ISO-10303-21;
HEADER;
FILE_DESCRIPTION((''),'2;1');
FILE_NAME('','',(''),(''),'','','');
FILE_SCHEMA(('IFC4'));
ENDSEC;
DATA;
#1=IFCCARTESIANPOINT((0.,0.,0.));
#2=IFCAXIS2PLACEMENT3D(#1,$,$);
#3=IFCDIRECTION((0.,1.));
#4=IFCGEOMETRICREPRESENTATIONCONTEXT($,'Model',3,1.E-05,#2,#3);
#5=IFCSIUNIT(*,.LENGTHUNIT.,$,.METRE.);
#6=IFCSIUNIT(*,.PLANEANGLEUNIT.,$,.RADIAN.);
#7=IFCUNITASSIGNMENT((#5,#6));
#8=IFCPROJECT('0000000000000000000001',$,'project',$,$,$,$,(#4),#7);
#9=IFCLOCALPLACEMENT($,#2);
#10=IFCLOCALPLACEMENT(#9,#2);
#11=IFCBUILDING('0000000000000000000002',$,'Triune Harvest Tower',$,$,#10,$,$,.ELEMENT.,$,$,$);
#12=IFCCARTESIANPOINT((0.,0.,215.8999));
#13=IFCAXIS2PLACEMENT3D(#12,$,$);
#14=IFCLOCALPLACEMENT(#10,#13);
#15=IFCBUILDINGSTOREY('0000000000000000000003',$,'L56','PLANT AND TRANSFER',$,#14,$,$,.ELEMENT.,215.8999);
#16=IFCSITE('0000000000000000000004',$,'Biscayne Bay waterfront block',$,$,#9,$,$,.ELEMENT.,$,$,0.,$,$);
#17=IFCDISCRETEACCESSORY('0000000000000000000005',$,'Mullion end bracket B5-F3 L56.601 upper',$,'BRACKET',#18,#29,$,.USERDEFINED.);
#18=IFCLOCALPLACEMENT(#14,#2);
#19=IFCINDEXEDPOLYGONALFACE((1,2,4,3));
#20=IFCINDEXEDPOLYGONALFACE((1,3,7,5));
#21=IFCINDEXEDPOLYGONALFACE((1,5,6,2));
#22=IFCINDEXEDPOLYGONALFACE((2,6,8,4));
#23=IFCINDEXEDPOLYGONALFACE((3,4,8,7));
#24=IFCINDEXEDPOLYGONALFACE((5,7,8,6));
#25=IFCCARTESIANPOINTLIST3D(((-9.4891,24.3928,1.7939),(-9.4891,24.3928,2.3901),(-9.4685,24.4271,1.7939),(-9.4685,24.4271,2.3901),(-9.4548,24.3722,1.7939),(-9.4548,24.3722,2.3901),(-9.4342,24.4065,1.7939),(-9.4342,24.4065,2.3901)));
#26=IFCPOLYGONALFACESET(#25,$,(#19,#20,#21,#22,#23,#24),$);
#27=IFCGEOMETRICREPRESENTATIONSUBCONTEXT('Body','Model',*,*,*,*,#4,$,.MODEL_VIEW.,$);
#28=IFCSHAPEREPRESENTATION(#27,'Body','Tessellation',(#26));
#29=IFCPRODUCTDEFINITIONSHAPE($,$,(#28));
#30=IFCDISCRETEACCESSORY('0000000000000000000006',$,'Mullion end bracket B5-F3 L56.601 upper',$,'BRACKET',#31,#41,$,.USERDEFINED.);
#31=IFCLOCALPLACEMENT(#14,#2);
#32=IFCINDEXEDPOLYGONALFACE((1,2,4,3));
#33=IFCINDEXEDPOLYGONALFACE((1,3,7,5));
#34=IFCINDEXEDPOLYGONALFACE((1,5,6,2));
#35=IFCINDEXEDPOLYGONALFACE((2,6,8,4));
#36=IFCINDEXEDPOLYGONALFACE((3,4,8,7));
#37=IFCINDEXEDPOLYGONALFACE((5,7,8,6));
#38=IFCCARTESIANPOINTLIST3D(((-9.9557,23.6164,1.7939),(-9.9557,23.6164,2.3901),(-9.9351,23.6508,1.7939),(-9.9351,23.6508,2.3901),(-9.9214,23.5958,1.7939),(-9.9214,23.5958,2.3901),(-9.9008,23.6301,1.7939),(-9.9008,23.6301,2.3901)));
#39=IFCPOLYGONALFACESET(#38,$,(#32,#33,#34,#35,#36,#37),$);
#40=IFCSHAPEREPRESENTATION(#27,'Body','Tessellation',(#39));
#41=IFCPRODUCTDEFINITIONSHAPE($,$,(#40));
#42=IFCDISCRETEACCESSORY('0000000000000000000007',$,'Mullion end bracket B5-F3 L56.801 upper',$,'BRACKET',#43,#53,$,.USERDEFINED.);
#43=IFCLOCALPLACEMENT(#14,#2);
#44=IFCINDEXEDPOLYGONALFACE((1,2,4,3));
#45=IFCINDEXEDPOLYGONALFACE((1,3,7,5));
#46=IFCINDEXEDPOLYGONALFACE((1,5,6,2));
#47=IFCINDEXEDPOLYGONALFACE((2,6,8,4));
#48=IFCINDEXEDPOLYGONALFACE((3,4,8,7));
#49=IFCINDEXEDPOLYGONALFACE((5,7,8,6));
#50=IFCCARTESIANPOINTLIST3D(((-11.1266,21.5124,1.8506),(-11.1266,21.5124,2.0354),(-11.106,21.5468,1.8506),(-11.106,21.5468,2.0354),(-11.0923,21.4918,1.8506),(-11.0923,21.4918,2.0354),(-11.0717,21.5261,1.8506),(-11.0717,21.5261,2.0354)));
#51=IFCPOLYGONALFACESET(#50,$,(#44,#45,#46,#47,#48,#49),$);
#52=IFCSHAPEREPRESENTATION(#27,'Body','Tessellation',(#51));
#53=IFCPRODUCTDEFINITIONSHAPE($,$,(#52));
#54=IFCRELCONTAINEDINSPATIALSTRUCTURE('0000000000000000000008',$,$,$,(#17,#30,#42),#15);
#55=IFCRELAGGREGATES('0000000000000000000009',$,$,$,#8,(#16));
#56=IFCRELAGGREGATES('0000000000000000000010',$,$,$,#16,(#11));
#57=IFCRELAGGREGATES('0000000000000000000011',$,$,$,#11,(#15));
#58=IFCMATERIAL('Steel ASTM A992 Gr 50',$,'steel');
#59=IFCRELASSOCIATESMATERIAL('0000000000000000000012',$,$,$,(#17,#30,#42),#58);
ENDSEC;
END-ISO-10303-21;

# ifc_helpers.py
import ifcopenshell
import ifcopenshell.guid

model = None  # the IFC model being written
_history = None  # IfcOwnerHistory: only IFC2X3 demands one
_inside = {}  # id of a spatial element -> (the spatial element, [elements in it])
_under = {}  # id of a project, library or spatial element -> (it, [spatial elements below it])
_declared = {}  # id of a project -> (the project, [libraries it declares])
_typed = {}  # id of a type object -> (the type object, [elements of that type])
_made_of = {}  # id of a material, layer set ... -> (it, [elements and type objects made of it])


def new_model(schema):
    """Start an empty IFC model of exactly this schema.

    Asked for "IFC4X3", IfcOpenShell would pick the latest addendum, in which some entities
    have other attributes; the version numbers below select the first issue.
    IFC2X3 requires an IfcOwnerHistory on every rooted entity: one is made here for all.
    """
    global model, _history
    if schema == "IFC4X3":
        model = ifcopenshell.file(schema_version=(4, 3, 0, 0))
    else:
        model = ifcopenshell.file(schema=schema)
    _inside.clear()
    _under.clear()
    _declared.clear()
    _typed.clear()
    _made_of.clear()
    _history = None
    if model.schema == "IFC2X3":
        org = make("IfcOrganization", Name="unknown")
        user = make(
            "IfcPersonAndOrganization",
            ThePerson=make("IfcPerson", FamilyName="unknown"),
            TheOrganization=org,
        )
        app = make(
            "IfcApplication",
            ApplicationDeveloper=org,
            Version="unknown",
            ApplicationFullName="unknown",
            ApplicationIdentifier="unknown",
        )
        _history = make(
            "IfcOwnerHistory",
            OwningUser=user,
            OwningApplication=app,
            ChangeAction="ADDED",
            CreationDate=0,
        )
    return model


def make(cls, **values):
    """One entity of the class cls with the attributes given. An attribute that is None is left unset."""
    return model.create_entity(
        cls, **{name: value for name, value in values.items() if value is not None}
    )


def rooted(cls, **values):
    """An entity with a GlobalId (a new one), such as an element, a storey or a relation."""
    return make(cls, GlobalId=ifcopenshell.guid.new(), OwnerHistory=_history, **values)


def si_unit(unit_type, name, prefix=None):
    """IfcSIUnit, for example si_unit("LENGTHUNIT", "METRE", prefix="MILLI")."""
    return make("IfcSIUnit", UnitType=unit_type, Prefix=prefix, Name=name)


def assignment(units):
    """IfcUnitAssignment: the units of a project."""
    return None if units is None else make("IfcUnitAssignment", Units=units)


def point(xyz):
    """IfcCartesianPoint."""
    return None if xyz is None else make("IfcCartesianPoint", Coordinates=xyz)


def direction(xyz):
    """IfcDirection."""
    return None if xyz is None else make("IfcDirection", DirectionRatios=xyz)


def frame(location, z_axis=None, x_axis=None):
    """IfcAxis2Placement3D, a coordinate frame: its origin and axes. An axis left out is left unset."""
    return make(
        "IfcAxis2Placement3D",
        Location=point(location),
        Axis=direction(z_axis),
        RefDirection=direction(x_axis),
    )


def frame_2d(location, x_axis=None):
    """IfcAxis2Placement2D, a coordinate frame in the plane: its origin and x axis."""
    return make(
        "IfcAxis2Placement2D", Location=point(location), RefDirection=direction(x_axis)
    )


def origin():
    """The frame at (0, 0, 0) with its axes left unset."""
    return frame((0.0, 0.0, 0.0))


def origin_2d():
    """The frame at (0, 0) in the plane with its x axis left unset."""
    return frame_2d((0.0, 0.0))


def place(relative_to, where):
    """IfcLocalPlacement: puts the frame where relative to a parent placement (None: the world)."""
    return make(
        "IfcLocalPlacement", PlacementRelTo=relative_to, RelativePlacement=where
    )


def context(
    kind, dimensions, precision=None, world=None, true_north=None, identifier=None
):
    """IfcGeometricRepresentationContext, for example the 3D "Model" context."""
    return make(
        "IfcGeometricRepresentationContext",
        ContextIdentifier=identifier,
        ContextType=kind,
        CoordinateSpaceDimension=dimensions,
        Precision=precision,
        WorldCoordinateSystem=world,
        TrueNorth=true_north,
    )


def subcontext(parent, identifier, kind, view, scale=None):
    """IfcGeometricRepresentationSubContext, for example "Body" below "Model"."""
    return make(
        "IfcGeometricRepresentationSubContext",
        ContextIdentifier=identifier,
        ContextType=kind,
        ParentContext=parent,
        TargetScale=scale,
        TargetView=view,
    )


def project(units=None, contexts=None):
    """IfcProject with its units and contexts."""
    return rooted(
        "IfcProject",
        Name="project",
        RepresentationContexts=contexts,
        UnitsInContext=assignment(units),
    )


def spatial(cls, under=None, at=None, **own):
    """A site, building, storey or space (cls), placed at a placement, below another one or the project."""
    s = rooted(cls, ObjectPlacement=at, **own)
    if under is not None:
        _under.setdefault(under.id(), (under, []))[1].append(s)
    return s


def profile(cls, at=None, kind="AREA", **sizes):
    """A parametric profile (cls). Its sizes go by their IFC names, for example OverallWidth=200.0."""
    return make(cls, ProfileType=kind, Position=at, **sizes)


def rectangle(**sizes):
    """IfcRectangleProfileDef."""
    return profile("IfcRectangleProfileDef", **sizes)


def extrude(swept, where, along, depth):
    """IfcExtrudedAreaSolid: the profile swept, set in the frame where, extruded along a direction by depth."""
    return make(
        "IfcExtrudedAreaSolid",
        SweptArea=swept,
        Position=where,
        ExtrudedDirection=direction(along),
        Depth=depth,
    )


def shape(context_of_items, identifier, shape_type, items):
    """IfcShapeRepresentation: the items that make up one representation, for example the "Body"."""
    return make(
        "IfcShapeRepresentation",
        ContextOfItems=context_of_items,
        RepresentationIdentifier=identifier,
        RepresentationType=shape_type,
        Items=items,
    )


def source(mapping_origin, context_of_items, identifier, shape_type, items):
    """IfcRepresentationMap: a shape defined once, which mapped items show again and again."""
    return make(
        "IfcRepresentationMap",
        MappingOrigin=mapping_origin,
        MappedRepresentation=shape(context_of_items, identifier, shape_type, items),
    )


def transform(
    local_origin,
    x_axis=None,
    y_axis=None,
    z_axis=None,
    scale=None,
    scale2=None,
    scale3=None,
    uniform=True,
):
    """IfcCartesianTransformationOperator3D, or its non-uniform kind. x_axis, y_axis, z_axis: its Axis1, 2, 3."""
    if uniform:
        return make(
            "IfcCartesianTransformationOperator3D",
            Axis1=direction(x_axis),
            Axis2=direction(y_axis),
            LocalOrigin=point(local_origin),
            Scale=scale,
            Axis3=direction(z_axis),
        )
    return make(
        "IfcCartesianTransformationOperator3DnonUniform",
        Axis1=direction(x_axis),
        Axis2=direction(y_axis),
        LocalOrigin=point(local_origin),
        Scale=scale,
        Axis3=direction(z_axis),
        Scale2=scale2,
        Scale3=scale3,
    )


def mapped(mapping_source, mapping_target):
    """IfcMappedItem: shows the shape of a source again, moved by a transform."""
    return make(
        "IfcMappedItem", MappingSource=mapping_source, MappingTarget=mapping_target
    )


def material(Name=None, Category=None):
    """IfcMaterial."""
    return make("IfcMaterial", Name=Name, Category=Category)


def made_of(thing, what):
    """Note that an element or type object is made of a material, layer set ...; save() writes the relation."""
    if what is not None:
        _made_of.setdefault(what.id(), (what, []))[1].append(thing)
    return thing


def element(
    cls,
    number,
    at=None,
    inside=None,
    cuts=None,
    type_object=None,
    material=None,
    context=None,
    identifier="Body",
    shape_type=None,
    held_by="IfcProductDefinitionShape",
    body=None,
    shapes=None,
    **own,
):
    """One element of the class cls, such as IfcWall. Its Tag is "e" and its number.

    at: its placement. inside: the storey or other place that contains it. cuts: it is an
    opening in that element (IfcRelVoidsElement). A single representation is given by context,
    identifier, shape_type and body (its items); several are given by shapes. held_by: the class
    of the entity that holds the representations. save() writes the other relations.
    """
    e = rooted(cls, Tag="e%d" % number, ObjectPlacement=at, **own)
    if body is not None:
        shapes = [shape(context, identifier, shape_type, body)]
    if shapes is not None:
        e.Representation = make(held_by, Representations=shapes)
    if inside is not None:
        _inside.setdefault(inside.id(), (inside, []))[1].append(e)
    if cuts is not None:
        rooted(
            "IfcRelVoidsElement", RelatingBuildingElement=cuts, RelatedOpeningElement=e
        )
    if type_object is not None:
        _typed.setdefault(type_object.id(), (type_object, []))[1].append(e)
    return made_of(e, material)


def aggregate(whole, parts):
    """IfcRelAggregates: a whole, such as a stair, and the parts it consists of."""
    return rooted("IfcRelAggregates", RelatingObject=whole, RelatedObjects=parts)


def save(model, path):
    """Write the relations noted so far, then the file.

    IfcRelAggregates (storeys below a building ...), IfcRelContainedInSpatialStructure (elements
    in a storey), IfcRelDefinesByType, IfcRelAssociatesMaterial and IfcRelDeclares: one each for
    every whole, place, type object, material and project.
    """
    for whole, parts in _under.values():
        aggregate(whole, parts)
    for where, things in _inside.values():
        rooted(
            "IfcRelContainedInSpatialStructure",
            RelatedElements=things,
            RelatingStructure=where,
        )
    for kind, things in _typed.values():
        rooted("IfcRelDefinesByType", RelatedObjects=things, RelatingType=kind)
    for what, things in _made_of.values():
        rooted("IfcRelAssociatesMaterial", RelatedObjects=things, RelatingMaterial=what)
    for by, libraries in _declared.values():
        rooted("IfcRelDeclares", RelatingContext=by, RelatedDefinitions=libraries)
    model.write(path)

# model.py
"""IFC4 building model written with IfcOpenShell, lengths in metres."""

from ifc_helpers import new_model, si_unit, direction, frame, origin, origin_2d, place, context, subcontext, project, spatial, rectangle, extrude, source, transform, mapped, material, element, save


model = new_model("IFC4")

# Units and contexts
model_context = context("Model", 3, precision=1e-05, world=origin(), true_north=direction((0.0, 1.0)))
body_context = subcontext(model_context, "Body", "Model", "MODEL_VIEW")
ifc_project = project(units=[si_unit("LENGTHUNIT", "METRE"), si_unit("PLANEANGLEUNIT", "RADIAN")], contexts=[model_context])

# Site, building, storey
site_placement = place(None, origin())
site = spatial("IfcSite", under=ifc_project, at=site_placement, Name="Biscayne Bay waterfront block", CompositionType="ELEMENT", RefElevation=0.0)
building_placement = place(site_placement, origin())
building = spatial("IfcBuilding", under=site, at=building_placement, Name="Triune Harvest Tower", CompositionType="ELEMENT")
storey_placement = place(building_placement, frame((0.0, 0.0, 215.8999)))
storey = spatial("IfcBuildingStorey", under=building, at=storey_placement, Name="L56", Description="PLANT AND TRANSFER", CompositionType="ELEMENT", Elevation=215.8999)

# Discrete accessories
ifc_material_1 = material(Name="Steel ASTM A992 Gr 50", Category="steel")
shared_shape_1 = source(origin(), body_context, "Body", "SweptSolid", [
    extrude(rectangle(XDim=0.04, YDim=0.04, at=origin_2d()), origin(), (0.0, 0.0, 1.0), 0.5962),
])
for number, where, z_axis, x_axis, name in (
    (1, (-9.4617, 24.3997, 1.7939), (0.0, 0.0, 1.0), (-0.515092, -0.857135, 0.0), "Mullion end bracket B5-F3 L56.601 upper"),
    (2, (-9.9282, 23.6233, 1.7939), (0.0, 0.0, 1.0), (-0.515092, -0.857135, 0.0), "Mullion end bracket B5-F3 L56.601 upper"),
):
    element("IfcDiscreteAccessory", number, at=place(storey_placement, frame(where, z_axis=z_axis, x_axis=x_axis)), inside=storey, material=ifc_material_1, Name=name, ObjectType="BRACKET", PredefinedType="USERDEFINED", context=body_context, shape_type="MappedRepresentation", body=[
        mapped(shared_shape_1, transform((0.0, 0.0, 0.0), scale=1.0)),
    ])
discrete_accessory_1_placement = place(storey_placement, frame((-11.0991, 21.5193, 1.8506), z_axis=(0.0, 0.0, 1.0), x_axis=(-0.515037, -0.857168, 0.0)))
element("IfcDiscreteAccessory", 3, at=discrete_accessory_1_placement, inside=storey, material=ifc_material_1, Name="Mullion end bracket B5-F3 L56.801 upper", ObjectType="BRACKET", PredefinedType="USERDEFINED", context=body_context, shape_type="SweptSolid", body=[
    extrude(rectangle(XDim=0.04, YDim=0.04, at=origin_2d()), origin(), (0.0, 0.0, 1.0), 0.1848),
])

save(model, "model.ifc")
